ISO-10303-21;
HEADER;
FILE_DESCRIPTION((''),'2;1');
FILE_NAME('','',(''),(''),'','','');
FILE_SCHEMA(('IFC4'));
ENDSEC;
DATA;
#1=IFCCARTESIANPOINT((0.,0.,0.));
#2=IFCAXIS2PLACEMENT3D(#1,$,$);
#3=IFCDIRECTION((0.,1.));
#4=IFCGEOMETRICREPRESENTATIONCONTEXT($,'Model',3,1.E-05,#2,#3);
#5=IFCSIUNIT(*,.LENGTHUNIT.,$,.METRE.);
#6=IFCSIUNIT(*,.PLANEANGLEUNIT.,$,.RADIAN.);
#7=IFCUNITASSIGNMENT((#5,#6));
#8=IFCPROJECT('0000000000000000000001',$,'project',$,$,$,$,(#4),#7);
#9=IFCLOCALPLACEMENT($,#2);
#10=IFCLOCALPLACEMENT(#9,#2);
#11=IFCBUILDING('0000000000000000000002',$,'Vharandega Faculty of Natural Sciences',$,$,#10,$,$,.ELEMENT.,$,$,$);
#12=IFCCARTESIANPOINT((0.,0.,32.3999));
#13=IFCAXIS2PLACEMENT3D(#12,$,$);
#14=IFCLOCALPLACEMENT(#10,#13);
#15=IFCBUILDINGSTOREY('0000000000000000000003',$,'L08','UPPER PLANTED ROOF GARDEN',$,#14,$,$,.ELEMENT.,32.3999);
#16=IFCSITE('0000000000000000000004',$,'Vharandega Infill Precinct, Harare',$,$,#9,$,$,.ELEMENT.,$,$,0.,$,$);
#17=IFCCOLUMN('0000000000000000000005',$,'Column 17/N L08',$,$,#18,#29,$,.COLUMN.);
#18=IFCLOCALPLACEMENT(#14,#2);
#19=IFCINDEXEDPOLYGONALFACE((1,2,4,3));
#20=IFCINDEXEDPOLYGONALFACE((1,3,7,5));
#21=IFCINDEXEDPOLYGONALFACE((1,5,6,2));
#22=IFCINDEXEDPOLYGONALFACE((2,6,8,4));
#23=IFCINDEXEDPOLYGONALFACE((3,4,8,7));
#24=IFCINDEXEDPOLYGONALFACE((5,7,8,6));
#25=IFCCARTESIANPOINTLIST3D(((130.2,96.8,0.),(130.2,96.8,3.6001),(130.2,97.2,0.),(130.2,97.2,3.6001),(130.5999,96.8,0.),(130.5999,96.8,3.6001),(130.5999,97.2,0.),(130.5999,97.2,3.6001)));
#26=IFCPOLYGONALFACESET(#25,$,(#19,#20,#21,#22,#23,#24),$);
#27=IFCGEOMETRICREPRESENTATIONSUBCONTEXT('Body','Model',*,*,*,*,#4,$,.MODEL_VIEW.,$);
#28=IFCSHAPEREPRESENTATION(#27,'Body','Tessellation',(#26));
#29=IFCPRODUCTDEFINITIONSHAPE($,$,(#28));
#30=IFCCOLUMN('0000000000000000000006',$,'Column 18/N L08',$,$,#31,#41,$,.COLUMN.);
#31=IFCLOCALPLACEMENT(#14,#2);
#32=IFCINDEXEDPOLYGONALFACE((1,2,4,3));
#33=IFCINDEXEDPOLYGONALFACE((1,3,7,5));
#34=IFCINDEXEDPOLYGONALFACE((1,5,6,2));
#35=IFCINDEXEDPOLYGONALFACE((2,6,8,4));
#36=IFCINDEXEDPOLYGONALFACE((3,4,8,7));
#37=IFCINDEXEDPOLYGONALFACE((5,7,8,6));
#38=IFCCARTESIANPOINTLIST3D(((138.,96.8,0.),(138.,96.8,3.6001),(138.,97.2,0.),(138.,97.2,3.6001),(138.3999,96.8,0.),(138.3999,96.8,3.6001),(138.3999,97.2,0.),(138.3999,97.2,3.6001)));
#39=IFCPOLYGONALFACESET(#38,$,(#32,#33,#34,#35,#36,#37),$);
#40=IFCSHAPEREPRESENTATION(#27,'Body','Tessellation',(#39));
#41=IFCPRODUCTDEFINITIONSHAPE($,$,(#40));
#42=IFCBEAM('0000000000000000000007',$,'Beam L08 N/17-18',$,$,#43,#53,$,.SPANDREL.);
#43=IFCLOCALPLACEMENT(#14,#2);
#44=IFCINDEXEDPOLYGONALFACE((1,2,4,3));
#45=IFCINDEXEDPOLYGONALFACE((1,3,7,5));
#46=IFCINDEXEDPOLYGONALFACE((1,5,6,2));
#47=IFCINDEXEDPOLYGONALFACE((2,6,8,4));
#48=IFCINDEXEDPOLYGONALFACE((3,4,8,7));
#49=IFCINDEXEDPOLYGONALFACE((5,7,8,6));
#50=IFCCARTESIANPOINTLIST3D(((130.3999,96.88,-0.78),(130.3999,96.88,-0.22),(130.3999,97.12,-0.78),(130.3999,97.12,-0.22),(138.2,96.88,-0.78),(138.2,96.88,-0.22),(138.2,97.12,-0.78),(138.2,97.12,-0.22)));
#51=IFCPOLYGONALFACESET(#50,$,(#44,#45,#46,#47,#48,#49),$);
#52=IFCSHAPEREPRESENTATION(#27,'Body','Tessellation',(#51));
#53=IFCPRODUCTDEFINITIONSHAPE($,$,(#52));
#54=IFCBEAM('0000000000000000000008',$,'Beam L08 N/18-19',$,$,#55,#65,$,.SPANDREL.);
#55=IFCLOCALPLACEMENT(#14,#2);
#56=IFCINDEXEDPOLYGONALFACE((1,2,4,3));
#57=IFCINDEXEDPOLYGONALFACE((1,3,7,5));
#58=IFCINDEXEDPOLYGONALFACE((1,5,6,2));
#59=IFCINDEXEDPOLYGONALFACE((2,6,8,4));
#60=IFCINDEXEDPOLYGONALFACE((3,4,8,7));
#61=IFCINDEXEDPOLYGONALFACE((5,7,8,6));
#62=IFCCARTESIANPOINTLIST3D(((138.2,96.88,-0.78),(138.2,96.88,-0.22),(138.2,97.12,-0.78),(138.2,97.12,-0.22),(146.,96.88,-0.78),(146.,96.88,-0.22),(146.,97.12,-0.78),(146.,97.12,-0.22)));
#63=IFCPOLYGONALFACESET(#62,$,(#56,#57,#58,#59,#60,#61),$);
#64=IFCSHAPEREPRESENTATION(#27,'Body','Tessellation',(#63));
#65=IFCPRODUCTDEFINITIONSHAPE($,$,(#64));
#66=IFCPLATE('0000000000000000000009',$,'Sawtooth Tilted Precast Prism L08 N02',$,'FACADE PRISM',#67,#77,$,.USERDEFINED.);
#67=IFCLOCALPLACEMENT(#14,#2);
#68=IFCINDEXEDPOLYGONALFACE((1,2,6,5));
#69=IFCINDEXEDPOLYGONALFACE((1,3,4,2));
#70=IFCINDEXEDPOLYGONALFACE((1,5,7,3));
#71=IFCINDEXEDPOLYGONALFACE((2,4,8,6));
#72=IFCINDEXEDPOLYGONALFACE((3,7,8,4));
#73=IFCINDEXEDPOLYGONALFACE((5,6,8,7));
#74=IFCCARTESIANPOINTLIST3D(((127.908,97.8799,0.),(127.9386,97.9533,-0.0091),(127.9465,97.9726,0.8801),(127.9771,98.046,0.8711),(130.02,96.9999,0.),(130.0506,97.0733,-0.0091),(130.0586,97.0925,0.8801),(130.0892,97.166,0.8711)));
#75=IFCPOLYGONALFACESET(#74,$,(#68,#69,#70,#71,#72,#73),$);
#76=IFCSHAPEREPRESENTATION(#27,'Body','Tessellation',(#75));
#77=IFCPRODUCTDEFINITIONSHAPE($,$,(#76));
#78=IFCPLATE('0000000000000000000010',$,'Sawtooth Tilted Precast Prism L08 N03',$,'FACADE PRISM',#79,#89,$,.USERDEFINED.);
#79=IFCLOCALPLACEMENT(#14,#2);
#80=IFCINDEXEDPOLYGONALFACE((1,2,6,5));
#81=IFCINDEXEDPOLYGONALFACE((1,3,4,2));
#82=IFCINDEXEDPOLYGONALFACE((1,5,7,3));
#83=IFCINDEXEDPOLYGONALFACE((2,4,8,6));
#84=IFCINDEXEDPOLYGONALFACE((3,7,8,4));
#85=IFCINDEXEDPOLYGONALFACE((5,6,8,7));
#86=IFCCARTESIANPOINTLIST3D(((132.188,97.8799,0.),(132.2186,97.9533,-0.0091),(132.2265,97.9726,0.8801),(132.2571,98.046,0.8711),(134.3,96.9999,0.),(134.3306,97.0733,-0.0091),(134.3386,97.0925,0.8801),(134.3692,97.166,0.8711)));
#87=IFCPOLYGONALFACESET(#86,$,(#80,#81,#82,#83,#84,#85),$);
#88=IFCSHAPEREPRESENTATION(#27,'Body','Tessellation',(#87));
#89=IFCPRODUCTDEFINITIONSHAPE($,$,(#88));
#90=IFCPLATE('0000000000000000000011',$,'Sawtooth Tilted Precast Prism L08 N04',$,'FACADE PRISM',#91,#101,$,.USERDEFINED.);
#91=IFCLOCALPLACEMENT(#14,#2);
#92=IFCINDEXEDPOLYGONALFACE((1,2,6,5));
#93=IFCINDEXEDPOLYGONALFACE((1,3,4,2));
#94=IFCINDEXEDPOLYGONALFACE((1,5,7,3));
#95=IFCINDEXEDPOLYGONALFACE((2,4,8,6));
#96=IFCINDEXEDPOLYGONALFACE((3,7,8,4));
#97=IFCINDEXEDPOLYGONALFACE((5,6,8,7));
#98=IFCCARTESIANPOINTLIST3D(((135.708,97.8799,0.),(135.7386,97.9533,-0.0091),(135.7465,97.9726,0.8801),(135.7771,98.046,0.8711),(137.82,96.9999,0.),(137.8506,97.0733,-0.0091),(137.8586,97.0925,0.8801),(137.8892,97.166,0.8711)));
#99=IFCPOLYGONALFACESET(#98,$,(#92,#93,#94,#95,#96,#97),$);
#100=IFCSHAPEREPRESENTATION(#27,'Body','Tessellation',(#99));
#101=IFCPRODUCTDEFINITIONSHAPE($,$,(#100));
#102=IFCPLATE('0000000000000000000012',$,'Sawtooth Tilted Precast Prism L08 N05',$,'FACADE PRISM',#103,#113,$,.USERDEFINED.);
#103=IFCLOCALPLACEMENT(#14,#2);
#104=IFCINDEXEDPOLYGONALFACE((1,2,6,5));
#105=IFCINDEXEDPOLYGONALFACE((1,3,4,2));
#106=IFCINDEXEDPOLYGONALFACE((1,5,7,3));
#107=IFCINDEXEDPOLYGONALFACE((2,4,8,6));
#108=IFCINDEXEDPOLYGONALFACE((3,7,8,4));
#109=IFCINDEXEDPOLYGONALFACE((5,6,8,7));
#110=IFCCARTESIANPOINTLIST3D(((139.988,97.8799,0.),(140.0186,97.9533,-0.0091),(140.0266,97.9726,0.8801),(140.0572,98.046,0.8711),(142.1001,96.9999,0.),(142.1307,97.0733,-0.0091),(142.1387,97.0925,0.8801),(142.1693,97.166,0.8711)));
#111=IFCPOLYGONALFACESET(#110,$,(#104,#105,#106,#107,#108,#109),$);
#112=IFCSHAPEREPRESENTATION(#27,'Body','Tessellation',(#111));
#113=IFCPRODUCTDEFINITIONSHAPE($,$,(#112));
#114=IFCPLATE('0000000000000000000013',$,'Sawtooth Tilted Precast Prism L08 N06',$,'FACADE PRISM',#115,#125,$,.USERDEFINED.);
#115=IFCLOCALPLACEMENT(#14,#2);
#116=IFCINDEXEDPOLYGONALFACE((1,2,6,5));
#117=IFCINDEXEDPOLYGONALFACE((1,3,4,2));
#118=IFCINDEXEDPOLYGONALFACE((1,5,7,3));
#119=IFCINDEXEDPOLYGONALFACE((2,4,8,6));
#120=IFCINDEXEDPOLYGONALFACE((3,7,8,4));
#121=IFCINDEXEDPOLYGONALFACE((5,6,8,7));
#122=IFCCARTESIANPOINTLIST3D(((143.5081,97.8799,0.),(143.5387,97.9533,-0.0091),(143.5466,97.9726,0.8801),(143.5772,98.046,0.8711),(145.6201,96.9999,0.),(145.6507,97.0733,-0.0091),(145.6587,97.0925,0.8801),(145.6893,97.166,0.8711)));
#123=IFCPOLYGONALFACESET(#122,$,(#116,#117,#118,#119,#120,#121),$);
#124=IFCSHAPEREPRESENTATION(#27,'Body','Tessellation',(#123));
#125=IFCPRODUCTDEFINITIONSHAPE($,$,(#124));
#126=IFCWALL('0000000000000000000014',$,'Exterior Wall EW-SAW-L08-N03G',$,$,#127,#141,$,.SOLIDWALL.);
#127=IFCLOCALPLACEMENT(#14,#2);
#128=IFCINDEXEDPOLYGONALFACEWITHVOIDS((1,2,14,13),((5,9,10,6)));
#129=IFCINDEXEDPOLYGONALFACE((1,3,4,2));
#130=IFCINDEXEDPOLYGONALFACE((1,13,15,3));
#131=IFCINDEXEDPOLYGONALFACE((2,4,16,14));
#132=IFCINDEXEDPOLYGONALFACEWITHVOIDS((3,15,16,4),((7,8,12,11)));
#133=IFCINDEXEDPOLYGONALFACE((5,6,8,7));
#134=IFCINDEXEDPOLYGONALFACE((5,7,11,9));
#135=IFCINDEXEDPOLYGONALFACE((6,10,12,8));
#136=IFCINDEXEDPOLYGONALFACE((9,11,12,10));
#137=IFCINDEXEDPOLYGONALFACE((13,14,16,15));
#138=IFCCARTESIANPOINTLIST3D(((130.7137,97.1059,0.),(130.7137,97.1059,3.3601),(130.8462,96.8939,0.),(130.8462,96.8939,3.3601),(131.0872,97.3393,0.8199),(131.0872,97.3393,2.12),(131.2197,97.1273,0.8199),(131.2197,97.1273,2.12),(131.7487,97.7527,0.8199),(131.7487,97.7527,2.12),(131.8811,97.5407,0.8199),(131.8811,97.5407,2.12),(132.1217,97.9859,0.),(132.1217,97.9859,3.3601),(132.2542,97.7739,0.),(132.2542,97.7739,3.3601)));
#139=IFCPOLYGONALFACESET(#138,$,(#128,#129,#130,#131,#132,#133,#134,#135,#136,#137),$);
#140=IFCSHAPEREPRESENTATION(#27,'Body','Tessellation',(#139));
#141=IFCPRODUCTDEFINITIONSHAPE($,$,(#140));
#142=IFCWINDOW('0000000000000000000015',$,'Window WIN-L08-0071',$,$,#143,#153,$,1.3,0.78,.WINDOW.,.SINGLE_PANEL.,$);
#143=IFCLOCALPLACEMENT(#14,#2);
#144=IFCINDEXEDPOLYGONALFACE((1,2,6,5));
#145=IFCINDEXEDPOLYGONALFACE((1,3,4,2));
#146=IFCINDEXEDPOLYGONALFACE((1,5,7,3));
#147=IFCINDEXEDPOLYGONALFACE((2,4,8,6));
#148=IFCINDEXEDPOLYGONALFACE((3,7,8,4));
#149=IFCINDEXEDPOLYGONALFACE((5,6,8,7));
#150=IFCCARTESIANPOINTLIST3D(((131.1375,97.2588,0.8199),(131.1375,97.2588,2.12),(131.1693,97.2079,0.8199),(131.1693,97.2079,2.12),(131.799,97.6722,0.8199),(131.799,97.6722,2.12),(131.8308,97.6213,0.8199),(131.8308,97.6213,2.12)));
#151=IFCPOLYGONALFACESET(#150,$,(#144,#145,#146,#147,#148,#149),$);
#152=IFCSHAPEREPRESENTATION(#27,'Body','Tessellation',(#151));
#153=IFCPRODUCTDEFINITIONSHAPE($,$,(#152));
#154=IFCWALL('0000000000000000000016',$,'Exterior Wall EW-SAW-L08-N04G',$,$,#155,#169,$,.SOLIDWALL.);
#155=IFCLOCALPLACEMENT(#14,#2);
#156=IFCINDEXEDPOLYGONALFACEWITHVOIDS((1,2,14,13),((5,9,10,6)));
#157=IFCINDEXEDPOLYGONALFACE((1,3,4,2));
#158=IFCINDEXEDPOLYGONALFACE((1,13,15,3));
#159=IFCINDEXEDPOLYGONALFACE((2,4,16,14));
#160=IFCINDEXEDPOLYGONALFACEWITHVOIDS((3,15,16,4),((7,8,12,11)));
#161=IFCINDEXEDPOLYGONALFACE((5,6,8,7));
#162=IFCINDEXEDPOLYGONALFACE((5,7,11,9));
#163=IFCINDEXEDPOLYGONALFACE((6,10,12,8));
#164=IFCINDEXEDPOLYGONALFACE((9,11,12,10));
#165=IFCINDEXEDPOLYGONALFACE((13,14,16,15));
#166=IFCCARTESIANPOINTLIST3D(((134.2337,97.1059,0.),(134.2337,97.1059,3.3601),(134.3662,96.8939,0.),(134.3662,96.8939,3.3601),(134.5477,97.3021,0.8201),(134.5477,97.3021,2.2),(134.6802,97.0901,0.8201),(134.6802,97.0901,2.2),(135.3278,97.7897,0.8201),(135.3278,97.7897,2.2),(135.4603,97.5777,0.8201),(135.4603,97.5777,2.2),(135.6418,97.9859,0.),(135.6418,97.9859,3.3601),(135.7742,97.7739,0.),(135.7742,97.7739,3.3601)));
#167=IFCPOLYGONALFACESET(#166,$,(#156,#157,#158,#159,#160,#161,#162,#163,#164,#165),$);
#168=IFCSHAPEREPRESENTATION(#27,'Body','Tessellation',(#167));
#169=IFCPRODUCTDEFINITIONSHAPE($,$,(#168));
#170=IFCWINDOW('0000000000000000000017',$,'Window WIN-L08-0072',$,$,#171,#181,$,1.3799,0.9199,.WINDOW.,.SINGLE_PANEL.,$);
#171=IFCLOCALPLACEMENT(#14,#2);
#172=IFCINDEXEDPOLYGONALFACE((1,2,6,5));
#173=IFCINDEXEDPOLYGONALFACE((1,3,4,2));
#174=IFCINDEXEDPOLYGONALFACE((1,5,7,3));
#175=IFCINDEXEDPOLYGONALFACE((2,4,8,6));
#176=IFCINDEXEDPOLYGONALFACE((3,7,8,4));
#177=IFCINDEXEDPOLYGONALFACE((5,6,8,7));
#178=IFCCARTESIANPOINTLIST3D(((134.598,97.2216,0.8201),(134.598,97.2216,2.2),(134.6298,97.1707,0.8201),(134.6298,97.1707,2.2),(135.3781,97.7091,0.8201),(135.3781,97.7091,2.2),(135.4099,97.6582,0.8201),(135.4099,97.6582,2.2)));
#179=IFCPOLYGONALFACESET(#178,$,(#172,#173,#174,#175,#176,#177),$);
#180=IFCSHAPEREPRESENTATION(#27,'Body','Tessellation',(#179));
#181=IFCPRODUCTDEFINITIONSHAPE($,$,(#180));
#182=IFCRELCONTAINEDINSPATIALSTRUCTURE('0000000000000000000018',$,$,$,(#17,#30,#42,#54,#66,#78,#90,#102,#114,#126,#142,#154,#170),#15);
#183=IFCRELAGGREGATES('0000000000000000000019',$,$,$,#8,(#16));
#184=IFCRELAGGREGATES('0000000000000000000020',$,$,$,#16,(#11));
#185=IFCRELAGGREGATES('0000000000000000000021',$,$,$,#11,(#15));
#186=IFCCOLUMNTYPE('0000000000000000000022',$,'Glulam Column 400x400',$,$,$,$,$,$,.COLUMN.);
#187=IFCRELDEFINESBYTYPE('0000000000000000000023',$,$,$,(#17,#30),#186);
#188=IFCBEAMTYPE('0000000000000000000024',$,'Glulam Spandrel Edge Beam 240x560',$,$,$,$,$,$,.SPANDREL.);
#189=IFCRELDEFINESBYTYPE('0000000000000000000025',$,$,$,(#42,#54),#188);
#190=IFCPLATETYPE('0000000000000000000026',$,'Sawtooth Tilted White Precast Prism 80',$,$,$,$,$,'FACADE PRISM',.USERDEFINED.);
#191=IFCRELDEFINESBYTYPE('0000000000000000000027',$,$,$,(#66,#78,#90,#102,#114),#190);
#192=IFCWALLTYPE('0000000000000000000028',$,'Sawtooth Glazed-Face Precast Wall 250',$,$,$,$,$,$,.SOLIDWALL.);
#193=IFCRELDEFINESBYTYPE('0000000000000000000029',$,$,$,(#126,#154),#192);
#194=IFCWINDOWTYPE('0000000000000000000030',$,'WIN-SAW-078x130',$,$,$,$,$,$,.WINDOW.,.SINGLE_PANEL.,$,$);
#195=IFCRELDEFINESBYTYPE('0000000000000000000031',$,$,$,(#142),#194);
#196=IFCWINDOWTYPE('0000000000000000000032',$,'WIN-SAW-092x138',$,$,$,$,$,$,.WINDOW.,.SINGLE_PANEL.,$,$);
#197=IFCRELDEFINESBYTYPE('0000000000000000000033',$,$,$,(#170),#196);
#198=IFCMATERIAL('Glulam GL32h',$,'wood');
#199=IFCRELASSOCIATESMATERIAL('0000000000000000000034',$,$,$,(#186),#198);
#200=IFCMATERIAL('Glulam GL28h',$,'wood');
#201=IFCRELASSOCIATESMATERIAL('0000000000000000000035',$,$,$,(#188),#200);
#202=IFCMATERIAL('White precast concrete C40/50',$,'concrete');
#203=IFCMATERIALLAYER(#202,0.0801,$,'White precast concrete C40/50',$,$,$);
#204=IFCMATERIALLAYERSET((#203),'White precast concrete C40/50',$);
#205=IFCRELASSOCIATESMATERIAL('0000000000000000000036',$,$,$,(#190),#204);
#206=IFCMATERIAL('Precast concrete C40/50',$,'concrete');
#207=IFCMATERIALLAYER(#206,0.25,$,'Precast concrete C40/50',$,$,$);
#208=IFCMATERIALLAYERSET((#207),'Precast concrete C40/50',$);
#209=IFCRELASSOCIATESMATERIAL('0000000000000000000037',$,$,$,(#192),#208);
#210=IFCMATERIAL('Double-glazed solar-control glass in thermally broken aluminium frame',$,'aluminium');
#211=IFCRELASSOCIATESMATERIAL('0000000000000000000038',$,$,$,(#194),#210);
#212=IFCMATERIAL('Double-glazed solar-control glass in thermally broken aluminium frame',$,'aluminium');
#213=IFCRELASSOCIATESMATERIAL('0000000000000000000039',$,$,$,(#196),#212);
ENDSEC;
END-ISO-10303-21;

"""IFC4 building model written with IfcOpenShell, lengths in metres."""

from ifc_helpers import new_model, si_unit, direction, frame, frame_2d, origin, origin_2d, place, context, subcontext, project, spatial, polyline, rectangle, outline, extrude, material, layer, layer_set, material_profile, profile_set, type_object, element, fill, save


model = new_model("IFC4")

# Units and contexts
model_context = context("Model", 3, precision=1e-05, world=origin(), true_north=direction((0.0, 1.0)))
body_context = subcontext(model_context, "Body", "Model", "MODEL_VIEW")
ifc_project = project(units=[si_unit("LENGTHUNIT", "METRE"), si_unit("PLANEANGLEUNIT", "RADIAN")], contexts=[model_context])

# Site, building, storey
site_placement = place(None, origin())
site = spatial("IfcSite", under=ifc_project, at=site_placement, Name="Vharandega Infill Precinct, Harare", CompositionType="ELEMENT", RefElevation=0.0)
building_placement = place(site_placement, origin())
building = spatial("IfcBuilding", under=site, at=building_placement, Name="Vharandega Faculty of Natural Sciences", CompositionType="ELEMENT")
storey_placement = place(building_placement, frame((0.0, 0.0, 32.3999)))
storey = spatial("IfcBuildingStorey", under=building, at=storey_placement, Name="L08", Description="UPPER PLANTED ROOF GARDEN", CompositionType="ELEMENT", Elevation=32.3999)

# Columns
ifc_material_1 = material(Name="Glulam GL32h", Category="wood")
ifc_material_profile_1 = material_profile(ifc_material_1, rectangle(XDim=0.3999, YDim=0.3999, at=origin_2d()), Name="GL32h 400x400")
ifc_profile_set_1 = profile_set([ifc_material_profile_1], Name="Glulam GL32h")
column_type = type_object("IfcColumnType", Name="Glulam Column 400x400", PredefinedType="COLUMN", material=ifc_profile_set_1)
for number, where, z_axis, x_axis, name in (
    (1, (130.3999, 97.0, 0.0), (0.0, 0.0, 1.0), (1.0, 0.0, 0.0), "Column 17/N L08"),
    (2, (138.2, 97.0, 0.0), (0.0, 0.0, 1.0), (1.0, 0.0, 0.0), "Column 18/N L08"),
):
    element("IfcColumn", number, at=place(storey_placement, frame(where, z_axis=z_axis, x_axis=x_axis)), inside=storey, type_object=column_type, Name=name, PredefinedType="COLUMN", context=body_context, shape_type="SweptSolid", body=[
        extrude(rectangle(XDim=0.3999, YDim=0.3999, at=origin_2d()), origin(), (0.0, 0.0, 1.0), 3.6001),
    ])

# Beams
ifc_material_2 = material(Name="Glulam GL28h", Category="wood")
ifc_material_profile_2 = material_profile(ifc_material_2, rectangle(XDim=0.24, YDim=0.5601, at=origin_2d()), Name="GL28h 240x560")
ifc_profile_set_2 = profile_set([ifc_material_profile_2], Name="Glulam GL28h")
beam_type = type_object("IfcBeamType", Name="Glulam Spandrel Edge Beam 240x560", PredefinedType="SPANDREL", material=ifc_profile_set_2)
for number, where, z_axis, x_axis, name in (
    (3, (130.3999, 97.0, -0.5), (1.0, 0.0, 0.0), (0.0, 1.0, 0.0), "Beam L08 N/17-18"),
    (4, (138.2, 97.0, -0.5), (1.0, 0.0, 0.0), (0.0, 1.0, 0.0), "Beam L08 N/18-19"),
):
    element("IfcBeam", number, at=place(storey_placement, frame(where, z_axis=z_axis, x_axis=x_axis)), inside=storey, type_object=beam_type, Name=name, PredefinedType="SPANDREL", context=body_context, shape_type="SweptSolid", body=[
        extrude(rectangle(XDim=0.24, YDim=0.5601, at=origin_2d()), origin(), (0.0, 0.0, 1.0), 7.8),
    ])

# Plates
ifc_material_3 = material(Name="White precast concrete C40/50", Category="concrete")
ifc_layer_1 = layer(ifc_material_3, 0.0801, Name="White precast concrete C40/50")
ifc_layer_set_1 = layer_set([ifc_layer_1], Name="White precast concrete C40/50")
plate_type = type_object("IfcPlateType", Name="Sawtooth Tilted White Precast Prism 80", ElementType="FACADE PRISM", PredefinedType="USERDEFINED", material=ifc_layer_set_1)
for number, where, z_axis, x_axis, name in (
    (5, (127.908, 97.8799, 0.0), (-0.382131, -0.917137, 0.113295), (0.043497, 0.104613, 0.993561), "Sawtooth Tilted Precast Prism L08 N02"),
    (6, (132.188, 97.8799, 0.0), (-0.382131, -0.917137, 0.113295), (0.043497, 0.104613, 0.993561), "Sawtooth Tilted Precast Prism L08 N03"),
    (7, (135.708, 97.8799, 0.0), (-0.382131, -0.917137, 0.113295), (0.043497, 0.104613, 0.993561), "Sawtooth Tilted Precast Prism L08 N04"),
    (8, (139.988, 97.8799, 0.0), (-0.382131, -0.917137, 0.113295), (0.043497, 0.104613, 0.993561), "Sawtooth Tilted Precast Prism L08 N05"),
    (9, (143.5081, 97.8799, 0.0), (-0.382131, -0.917137, 0.113295), (0.043497, 0.104613, 0.993561), "Sawtooth Tilted Precast Prism L08 N06"),
):
    element("IfcPlate", number, at=place(storey_placement, frame(where, z_axis=z_axis, x_axis=x_axis)), inside=storey, type_object=plate_type, Name=name, ObjectType="FACADE PRISM", PredefinedType="USERDEFINED", context=body_context, shape_type="SweptSolid", body=[
        extrude(outline(polyline([(0.0, 0.0), (0.8858, 0.0), (0.8856, -2.2881), (-0.0002, -2.288), (0.0, 0.0)])), origin(), (0.0, 0.0, -1.0), 0.0801),
    ])

# Walls, openings, windows
ifc_material_4 = material(Name="Precast concrete C40/50", Category="concrete")
ifc_layer_2 = layer(ifc_material_4, 0.25, Name="Precast concrete C40/50")
ifc_layer_set_2 = layer_set([ifc_layer_2], Name="Precast concrete C40/50")
wall_type_1 = type_object("IfcWallType", Name="Sawtooth Glazed-Face Precast Wall 250", PredefinedType="SOLIDWALL", material=ifc_layer_set_2)
wall_1_placement = place(storey_placement, frame((130.78, 97.0, 0.0), z_axis=(0.0, 0.0, 1.0), x_axis=(0.848023, 0.529959, 0.0)))
wall_1 = element("IfcWall", 10, at=wall_1_placement, inside=storey, type_object=wall_type_1, Name="Exterior Wall EW-SAW-L08-N03G", PredefinedType="SOLIDWALL", context=body_context, shape_type="SweptSolid", body=[
    extrude(rectangle(XDim=1.6604, YDim=0.25, at=frame_2d((0.8301, 0.0))), origin(), (0.0, 0.0, 1.0), 3.3601),
])
opening_1_placement = place(wall_1_placement, frame((0.4402, 0.0, 0.8201)))
opening_1 = element("IfcOpeningElement", 11, at=opening_1_placement, cuts=wall_1, PredefinedType="OPENING", context=body_context, shape_type="SweptSolid", body=[
    extrude(rectangle(XDim=0.78, YDim=1.3, at=frame_2d((0.3901, 0.6499))), frame((0.0, 0.135, 0.0), z_axis=(0.0, -1.0, 0.0), x_axis=(1.0, 0.0, 0.0)), (0.0, 0.0, 1.0), 0.27),
])
ifc_material_5 = material(Name="Double-glazed solar-control glass in thermally broken aluminium frame", Category="aluminium")
window_type_1 = type_object("IfcWindowType", Name="WIN-SAW-078x130", PartitioningType="SINGLE_PANEL", PredefinedType="WINDOW", material=ifc_material_5)
window_1_placement = place(opening_1_placement, origin())
window_1 = element("IfcWindow", 12, at=window_1_placement, inside=storey, type_object=window_type_1, Name="Window WIN-L08-0071", OverallHeight=1.3, OverallWidth=0.78, PartitioningType="SINGLE_PANEL", PredefinedType="WINDOW", context=body_context, shape_type="SweptSolid", body=[
    extrude(rectangle(XDim=0.78, YDim=1.3, at=frame_2d((0.3901, 0.6499))), frame((0.0, 0.03, 0.0), z_axis=(0.0, -1.0, 0.0), x_axis=(1.0, 0.0, 0.0)), (0.0, 0.0, 1.0), 0.0601),
])
fill(opening_1, window_1)
wall_2_placement = place(storey_placement, frame((134.3, 97.0, 0.0), z_axis=(0.0, 0.0, 1.0), x_axis=(0.848023, 0.529959, 0.0)))
wall_2 = element("IfcWall", 13, at=wall_2_placement, inside=storey, type_object=wall_type_1, Name="Exterior Wall EW-SAW-L08-N04G", PredefinedType="SOLIDWALL", context=body_context, shape_type="SweptSolid", body=[
    extrude(rectangle(XDim=1.6604, YDim=0.25, at=frame_2d((0.8301, 0.0))), origin(), (0.0, 0.0, 1.0), 3.3601),
])
opening_2_placement = place(wall_2_placement, frame((0.3701, 0.0, 0.8201)))
opening_2 = element("IfcOpeningElement", 14, at=opening_2_placement, cuts=wall_2, PredefinedType="OPENING", context=body_context, shape_type="SweptSolid", body=[
    extrude(rectangle(XDim=0.9199, YDim=1.3799, at=frame_2d((0.46, 0.6899))), frame((0.0, 0.135, 0.0), z_axis=(0.0, -1.0, 0.0), x_axis=(1.0, 0.0, 0.0)), (0.0, 0.0, 1.0), 0.27),
])
ifc_material_6 = material(Name="Double-glazed solar-control glass in thermally broken aluminium frame", Category="aluminium")
window_type_2 = type_object("IfcWindowType", Name="WIN-SAW-092x138", PartitioningType="SINGLE_PANEL", PredefinedType="WINDOW", material=ifc_material_6)
window_2_placement = place(opening_2_placement, origin())
window_2 = element("IfcWindow", 15, at=window_2_placement, inside=storey, type_object=window_type_2, Name="Window WIN-L08-0072", OverallHeight=1.3799, OverallWidth=0.9199, PartitioningType="SINGLE_PANEL", PredefinedType="WINDOW", context=body_context, shape_type="SweptSolid", body=[
    extrude(rectangle(XDim=0.9199, YDim=1.3799, at=frame_2d((0.46, 0.6899))), frame((0.0, 0.03, 0.0), z_axis=(0.0, -1.0, 0.0), x_axis=(1.0, 0.0, 0.0)), (0.0, 0.0, 1.0), 0.0601),
])
fill(opening_2, window_2)

save(model, "model.ifc")
